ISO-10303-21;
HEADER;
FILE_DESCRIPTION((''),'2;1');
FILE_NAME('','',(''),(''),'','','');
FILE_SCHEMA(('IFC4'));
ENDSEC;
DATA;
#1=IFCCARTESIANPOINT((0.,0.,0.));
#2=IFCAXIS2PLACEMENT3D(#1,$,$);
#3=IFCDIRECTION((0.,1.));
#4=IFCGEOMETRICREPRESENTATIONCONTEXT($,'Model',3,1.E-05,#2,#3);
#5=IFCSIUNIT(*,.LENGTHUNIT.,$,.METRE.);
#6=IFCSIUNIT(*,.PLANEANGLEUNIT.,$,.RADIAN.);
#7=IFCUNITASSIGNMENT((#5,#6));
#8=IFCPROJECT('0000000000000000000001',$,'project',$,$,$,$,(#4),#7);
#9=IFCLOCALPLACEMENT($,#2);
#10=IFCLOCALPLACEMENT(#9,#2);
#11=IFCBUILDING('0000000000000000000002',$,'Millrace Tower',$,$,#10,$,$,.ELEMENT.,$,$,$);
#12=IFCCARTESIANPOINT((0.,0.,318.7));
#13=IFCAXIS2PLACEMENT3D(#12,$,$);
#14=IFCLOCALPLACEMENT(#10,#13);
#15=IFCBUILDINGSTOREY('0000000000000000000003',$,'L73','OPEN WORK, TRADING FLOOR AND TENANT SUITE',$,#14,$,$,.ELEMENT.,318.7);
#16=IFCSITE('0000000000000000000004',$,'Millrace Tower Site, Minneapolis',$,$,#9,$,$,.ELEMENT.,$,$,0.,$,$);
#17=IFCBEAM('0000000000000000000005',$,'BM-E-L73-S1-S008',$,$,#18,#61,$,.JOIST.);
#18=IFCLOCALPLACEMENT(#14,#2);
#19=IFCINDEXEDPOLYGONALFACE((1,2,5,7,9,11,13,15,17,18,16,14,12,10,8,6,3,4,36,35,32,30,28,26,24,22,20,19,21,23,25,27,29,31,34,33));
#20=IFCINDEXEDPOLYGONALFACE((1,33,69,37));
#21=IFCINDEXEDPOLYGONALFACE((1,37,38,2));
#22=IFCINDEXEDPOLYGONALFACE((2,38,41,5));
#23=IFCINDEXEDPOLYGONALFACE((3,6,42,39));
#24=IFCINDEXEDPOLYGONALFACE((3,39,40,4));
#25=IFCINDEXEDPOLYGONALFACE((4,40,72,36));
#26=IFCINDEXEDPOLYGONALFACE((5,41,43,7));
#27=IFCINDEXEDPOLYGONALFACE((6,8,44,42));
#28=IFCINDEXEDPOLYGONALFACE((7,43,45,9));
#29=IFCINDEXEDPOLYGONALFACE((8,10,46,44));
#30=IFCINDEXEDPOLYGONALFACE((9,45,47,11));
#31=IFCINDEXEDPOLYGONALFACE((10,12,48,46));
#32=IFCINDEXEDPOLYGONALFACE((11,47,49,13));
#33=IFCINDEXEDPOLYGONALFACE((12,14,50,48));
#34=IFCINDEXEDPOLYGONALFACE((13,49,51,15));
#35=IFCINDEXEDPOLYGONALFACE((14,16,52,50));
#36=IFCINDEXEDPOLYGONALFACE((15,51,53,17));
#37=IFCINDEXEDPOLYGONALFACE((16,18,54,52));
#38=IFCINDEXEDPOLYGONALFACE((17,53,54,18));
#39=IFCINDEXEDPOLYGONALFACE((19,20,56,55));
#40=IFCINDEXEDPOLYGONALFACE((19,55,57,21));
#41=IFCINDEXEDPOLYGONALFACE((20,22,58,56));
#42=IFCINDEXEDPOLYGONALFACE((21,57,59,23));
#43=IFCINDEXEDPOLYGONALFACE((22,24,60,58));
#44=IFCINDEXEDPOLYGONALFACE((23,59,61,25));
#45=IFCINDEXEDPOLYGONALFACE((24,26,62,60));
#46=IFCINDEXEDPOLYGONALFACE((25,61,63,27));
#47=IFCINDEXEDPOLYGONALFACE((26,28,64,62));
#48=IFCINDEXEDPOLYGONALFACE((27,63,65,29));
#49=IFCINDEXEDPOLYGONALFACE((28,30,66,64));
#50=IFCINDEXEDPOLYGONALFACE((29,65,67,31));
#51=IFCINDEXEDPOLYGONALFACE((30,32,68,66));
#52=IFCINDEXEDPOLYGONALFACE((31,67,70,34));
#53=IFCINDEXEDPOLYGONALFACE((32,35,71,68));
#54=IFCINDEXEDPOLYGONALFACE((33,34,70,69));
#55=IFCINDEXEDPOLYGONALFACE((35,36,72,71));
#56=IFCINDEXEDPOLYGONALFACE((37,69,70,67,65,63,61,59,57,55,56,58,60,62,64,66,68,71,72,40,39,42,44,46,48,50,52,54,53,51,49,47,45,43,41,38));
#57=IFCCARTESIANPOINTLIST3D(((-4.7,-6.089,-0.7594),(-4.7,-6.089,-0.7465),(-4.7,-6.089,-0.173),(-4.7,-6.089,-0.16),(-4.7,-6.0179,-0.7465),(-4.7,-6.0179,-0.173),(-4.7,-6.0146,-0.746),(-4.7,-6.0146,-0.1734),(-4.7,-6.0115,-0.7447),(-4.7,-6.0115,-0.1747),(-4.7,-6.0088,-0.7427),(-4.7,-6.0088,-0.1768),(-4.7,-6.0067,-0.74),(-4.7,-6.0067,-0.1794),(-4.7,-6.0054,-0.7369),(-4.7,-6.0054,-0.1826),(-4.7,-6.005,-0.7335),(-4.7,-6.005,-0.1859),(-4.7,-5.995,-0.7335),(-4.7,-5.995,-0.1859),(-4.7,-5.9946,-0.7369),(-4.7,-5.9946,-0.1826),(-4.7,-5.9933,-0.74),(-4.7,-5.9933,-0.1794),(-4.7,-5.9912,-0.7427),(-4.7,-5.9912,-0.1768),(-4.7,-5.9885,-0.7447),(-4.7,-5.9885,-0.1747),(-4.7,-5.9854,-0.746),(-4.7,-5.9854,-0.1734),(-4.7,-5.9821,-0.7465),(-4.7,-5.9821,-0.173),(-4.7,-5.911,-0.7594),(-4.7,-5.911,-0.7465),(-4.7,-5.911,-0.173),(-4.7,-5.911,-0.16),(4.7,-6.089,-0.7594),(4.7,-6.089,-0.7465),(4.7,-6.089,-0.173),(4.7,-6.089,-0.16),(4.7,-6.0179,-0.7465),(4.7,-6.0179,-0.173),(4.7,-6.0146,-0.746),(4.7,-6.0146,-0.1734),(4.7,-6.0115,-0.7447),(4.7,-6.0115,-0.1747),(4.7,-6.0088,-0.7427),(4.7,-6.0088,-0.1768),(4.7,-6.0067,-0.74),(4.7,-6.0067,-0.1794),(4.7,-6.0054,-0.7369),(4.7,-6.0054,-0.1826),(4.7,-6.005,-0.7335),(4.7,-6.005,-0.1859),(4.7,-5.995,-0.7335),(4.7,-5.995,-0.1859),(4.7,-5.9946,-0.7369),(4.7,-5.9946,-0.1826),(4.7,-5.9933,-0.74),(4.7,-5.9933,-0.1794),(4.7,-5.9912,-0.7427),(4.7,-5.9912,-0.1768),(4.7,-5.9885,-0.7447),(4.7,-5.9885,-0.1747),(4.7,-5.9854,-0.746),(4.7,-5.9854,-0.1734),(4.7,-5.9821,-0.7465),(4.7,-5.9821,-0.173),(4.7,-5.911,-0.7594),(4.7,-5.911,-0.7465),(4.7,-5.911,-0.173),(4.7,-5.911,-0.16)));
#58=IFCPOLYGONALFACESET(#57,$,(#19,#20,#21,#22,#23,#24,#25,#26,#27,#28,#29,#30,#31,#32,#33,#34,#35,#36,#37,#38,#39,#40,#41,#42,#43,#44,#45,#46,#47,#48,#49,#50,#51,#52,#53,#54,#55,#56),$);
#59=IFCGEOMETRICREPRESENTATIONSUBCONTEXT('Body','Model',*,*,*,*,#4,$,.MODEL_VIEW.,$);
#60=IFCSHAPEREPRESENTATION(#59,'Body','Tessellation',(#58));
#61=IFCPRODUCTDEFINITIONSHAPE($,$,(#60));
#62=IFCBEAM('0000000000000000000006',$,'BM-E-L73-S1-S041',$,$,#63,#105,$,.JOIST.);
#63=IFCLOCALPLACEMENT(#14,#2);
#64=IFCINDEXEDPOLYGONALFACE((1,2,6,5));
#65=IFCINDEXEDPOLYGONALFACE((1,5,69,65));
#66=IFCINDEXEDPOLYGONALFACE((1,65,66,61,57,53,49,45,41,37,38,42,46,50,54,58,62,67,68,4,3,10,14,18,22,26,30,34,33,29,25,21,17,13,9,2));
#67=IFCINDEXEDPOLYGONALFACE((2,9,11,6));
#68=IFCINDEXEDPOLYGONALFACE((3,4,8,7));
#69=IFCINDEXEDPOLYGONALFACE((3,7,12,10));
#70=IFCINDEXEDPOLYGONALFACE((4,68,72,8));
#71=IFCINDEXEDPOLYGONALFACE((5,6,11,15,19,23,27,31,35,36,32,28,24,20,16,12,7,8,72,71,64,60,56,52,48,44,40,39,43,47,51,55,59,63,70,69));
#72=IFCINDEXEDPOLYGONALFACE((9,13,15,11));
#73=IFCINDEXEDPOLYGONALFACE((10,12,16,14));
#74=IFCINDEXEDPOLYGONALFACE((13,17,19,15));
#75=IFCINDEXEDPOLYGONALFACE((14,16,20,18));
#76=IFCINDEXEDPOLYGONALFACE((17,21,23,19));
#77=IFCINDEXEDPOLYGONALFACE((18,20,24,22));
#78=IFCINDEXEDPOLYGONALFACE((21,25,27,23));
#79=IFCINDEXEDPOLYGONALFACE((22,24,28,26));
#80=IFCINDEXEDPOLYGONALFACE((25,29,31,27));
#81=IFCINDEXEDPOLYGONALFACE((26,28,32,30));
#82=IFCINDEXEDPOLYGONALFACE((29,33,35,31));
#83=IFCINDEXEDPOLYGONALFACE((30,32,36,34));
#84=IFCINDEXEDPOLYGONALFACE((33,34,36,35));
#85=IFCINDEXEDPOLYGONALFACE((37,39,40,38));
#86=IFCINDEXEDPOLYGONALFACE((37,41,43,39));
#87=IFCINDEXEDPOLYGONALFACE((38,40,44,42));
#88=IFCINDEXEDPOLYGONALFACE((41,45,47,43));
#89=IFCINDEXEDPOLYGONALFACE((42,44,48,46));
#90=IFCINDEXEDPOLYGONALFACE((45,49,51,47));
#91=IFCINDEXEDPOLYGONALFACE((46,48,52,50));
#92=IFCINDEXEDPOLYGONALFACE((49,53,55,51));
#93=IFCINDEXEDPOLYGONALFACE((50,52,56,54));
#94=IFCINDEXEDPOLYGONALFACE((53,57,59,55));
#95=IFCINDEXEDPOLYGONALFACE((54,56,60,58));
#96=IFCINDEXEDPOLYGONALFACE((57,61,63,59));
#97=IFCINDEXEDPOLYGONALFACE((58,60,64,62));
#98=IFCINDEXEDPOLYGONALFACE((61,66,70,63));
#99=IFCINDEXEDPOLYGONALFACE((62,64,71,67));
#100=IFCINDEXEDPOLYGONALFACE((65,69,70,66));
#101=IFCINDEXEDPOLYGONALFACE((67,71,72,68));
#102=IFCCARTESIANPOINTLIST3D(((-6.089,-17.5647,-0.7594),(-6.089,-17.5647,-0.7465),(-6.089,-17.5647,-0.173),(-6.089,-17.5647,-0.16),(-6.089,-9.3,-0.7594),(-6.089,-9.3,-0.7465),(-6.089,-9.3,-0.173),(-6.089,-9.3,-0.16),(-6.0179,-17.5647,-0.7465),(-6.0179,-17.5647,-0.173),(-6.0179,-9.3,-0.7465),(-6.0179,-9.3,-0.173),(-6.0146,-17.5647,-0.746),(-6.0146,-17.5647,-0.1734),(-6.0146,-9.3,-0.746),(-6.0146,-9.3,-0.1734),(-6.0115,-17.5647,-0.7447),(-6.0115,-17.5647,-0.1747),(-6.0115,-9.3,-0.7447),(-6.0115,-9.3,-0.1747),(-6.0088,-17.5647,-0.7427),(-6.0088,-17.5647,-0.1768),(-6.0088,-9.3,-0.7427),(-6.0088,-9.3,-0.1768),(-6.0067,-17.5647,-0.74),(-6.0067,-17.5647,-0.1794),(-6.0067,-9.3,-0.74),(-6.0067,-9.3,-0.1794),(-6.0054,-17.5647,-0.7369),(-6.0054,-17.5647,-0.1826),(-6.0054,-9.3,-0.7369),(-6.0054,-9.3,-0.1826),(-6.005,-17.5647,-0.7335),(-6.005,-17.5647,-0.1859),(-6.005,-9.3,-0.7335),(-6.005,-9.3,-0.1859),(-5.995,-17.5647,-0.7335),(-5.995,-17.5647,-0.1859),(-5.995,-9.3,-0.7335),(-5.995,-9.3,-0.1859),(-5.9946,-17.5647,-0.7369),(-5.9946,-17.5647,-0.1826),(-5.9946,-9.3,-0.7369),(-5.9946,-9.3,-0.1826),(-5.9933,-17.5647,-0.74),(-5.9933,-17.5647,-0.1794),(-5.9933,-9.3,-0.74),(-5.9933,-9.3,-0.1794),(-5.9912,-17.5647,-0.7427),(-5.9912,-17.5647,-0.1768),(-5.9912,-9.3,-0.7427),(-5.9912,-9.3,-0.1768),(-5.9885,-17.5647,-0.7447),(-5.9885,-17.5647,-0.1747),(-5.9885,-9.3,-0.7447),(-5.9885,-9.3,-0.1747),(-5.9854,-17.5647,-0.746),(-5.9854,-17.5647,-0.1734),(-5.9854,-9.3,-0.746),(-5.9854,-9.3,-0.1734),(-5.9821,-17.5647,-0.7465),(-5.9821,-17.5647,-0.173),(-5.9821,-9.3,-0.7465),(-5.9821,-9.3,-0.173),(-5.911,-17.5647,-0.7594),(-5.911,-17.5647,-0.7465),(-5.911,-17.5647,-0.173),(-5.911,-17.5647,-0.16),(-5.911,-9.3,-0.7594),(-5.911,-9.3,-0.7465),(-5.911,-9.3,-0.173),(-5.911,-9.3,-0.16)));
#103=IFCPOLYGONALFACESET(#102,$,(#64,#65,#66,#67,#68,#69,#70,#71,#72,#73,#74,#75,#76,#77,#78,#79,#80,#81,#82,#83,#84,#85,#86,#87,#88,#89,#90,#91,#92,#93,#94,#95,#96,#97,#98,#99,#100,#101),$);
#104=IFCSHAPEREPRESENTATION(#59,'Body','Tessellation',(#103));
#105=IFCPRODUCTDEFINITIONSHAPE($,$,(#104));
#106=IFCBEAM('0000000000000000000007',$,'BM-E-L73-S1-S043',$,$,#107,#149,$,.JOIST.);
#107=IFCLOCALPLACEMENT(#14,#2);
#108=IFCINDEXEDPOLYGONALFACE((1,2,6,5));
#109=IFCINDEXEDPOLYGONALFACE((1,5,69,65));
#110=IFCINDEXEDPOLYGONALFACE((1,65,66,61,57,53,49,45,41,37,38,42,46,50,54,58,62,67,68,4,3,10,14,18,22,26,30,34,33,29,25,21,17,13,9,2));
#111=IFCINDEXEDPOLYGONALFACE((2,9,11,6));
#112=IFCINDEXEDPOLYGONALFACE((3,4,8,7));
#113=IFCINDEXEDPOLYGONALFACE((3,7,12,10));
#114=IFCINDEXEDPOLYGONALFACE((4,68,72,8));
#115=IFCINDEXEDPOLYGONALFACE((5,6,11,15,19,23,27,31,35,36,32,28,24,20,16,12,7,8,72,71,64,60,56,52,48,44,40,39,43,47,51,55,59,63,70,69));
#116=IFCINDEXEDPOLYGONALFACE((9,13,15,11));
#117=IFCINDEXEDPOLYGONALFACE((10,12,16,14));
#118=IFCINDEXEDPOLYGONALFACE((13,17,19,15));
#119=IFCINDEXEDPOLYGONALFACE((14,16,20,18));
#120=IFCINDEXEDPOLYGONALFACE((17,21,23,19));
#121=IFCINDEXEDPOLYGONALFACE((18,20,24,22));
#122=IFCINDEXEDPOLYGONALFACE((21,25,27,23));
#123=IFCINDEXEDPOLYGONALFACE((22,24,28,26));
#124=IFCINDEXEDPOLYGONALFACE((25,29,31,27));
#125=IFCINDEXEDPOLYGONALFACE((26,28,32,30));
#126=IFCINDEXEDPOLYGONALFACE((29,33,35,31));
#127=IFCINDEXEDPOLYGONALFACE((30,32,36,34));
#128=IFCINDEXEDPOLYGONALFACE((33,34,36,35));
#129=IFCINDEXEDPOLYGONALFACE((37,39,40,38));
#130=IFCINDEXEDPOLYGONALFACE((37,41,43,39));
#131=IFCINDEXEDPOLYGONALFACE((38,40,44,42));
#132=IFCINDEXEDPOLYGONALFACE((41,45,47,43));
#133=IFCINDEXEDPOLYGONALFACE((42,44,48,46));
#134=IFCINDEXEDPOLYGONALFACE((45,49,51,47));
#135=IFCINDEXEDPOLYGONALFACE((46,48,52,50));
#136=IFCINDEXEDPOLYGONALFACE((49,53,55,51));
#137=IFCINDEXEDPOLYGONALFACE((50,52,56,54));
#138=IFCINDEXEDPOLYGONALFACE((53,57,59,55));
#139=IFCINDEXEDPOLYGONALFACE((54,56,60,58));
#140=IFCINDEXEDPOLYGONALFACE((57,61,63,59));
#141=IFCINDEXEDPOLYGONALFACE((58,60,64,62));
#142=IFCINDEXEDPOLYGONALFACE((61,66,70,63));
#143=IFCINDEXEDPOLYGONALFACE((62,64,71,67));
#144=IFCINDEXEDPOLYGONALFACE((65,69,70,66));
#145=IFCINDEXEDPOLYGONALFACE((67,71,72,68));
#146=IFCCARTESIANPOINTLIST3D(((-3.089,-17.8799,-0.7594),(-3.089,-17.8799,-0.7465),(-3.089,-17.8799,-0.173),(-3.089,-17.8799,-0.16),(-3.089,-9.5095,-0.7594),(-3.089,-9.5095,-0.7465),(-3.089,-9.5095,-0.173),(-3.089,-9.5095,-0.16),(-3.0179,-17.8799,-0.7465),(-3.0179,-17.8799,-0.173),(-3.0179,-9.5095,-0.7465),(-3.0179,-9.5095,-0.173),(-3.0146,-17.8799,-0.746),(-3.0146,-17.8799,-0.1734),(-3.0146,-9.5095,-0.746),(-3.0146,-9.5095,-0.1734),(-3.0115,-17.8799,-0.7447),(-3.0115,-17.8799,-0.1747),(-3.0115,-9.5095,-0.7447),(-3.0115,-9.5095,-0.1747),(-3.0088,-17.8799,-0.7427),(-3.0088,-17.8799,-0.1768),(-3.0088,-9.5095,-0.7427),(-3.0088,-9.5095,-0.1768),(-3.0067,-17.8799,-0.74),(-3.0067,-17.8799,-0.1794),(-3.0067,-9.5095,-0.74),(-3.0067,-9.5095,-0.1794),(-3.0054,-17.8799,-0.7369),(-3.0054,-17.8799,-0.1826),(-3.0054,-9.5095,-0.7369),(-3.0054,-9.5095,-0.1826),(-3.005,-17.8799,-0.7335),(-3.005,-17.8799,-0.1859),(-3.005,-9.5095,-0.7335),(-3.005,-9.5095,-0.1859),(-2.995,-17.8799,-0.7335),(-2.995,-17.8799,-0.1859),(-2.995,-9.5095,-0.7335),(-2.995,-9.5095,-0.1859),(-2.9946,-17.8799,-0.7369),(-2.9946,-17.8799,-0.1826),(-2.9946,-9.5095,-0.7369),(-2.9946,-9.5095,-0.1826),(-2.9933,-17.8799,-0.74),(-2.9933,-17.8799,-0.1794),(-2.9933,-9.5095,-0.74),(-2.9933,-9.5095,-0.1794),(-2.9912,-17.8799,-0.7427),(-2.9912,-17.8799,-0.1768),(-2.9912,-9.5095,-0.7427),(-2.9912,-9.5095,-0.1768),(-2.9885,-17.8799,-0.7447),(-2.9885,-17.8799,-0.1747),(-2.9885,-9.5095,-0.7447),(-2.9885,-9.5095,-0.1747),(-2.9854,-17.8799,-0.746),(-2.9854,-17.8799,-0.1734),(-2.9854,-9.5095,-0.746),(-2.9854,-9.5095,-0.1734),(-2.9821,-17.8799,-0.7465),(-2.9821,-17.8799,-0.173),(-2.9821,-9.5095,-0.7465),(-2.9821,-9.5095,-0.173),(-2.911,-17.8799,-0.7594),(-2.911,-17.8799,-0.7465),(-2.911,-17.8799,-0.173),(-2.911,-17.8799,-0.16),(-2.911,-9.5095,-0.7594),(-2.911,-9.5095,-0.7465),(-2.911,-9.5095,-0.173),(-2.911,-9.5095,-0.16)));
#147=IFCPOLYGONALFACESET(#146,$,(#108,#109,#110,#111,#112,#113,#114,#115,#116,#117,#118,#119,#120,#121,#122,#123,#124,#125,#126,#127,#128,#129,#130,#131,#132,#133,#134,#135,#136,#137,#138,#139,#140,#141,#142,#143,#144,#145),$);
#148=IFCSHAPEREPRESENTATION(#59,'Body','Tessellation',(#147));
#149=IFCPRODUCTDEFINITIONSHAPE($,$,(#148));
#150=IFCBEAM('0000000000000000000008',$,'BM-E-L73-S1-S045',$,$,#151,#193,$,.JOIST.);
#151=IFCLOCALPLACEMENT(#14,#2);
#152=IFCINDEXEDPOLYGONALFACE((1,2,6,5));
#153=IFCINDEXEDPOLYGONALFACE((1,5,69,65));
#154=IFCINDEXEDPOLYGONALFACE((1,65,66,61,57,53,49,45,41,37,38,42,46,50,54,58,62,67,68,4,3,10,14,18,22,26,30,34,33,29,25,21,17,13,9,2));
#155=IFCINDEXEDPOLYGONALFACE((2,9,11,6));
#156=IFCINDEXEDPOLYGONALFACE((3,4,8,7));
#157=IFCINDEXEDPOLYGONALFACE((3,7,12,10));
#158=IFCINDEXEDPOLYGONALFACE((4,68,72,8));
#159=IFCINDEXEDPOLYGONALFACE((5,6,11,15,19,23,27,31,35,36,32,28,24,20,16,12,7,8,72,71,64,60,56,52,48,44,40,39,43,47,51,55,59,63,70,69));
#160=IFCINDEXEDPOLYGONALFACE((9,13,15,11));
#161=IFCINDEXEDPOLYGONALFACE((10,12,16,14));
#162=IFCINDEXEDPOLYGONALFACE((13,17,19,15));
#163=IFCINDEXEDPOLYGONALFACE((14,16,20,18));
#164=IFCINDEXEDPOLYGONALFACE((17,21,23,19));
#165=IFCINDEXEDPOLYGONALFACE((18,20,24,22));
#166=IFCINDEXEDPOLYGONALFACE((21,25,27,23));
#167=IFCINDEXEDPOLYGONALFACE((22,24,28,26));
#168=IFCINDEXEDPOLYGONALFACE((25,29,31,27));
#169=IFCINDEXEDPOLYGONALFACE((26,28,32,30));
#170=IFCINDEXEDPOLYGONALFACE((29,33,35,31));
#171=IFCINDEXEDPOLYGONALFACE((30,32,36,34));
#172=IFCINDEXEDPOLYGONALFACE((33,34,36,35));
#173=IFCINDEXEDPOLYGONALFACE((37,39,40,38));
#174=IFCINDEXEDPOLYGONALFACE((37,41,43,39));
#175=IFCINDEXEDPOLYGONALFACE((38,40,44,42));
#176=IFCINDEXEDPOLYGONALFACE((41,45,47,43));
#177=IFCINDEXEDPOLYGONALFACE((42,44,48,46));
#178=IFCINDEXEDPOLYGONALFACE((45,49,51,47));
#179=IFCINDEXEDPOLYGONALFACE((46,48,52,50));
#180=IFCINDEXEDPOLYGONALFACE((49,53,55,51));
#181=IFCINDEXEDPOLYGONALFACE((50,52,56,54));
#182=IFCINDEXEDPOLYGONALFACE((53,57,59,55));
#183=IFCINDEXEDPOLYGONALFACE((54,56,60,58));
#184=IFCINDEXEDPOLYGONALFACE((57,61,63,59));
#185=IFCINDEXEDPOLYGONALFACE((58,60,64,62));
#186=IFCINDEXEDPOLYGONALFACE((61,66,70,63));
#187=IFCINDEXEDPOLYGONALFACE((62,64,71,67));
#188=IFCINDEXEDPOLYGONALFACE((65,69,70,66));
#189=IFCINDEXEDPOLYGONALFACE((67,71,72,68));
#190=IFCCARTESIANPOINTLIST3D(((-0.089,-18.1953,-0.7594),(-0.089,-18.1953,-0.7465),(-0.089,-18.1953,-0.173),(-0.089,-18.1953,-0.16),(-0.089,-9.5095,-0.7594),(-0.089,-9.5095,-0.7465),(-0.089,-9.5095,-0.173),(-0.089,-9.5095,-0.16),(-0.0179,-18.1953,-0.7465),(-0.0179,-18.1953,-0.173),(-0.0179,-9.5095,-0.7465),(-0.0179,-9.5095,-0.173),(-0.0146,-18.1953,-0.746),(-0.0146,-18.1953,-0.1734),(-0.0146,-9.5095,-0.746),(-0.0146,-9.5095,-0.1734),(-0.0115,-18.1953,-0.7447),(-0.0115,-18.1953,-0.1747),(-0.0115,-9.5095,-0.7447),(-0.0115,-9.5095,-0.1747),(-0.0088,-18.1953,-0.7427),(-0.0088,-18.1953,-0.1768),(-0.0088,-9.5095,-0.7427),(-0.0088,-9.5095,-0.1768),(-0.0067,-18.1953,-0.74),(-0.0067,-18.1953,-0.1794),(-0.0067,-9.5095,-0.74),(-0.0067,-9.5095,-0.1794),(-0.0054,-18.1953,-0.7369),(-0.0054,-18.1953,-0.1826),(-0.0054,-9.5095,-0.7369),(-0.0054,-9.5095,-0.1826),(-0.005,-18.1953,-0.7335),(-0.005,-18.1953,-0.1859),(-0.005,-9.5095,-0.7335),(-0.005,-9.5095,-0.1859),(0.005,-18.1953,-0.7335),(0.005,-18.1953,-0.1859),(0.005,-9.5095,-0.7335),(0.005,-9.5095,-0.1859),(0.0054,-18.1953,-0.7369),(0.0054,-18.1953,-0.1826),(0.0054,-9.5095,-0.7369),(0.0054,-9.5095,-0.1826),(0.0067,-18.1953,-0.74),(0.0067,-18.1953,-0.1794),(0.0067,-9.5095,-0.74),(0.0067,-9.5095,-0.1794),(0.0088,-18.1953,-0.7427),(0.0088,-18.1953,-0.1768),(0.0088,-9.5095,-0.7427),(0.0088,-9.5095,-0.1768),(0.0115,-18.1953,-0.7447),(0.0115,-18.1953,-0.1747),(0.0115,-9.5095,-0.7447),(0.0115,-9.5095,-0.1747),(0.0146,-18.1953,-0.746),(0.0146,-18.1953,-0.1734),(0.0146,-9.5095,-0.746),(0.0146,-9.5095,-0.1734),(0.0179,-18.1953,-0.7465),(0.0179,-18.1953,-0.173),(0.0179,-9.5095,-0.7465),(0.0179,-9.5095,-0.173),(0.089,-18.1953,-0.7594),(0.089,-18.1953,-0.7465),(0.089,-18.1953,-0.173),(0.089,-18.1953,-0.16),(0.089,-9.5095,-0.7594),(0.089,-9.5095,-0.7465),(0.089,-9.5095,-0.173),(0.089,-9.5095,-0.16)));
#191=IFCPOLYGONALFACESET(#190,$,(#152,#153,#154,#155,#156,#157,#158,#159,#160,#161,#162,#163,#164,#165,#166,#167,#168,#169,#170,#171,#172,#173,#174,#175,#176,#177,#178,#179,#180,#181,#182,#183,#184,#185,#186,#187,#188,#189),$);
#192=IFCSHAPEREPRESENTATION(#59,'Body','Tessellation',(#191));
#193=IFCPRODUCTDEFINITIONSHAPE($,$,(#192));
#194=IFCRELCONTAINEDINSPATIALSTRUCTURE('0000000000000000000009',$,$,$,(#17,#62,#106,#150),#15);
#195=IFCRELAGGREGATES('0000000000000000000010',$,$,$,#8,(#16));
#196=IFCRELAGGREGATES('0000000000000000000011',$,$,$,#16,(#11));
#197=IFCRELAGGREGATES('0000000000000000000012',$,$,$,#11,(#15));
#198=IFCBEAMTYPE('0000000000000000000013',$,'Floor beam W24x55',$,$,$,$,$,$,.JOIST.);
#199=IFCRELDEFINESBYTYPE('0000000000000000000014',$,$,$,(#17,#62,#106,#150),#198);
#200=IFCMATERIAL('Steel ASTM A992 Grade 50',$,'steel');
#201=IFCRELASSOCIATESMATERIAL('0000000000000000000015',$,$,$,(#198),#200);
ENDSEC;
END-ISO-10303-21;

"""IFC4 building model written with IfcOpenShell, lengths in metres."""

from ifc_helpers import new_model, si_unit, direction, frame, origin, origin_2d, place, context, subcontext, project, spatial, i_section, extrude, material, material_profile, profile_set, type_object, element, save


model = new_model("IFC4")

# Units and contexts
model_context = context("Model", 3, precision=1e-05, world=origin(), true_north=direction((0.0, 1.0)))
body_context = subcontext(model_context, "Body", "Model", "MODEL_VIEW")
ifc_project = project(units=[si_unit("LENGTHUNIT", "METRE"), si_unit("PLANEANGLEUNIT", "RADIAN")], contexts=[model_context])

# Site, building, storey
site_placement = place(None, origin())
site = spatial("IfcSite", under=ifc_project, at=site_placement, Name="Millrace Tower Site, Minneapolis", CompositionType="ELEMENT", RefElevation=0.0)
building_placement = place(site_placement, origin())
building = spatial("IfcBuilding", under=site, at=building_placement, Name="Millrace Tower", CompositionType="ELEMENT")
storey_placement = place(building_placement, frame((0.0, 0.0, 318.7)))
storey = spatial("IfcBuildingStorey", under=building, at=storey_placement, Name="L73", Description="OPEN WORK, TRADING FLOOR AND TENANT SUITE", CompositionType="ELEMENT", Elevation=318.7)

# Beams
ifc_material_1 = material(Name="Steel ASTM A992 Grade 50", Category="steel")
ifc_material_profile_1 = material_profile(ifc_material_1, i_section(OverallWidth=0.178, OverallDepth=0.5994, WebThickness=0.01, FlangeThickness=0.0129, FilletRadius=0.0129, at=origin_2d()))
ifc_profile_set_1 = profile_set([ifc_material_profile_1], Name="Steel ASTM A992 Grade 50")
beam_type_1 = type_object("IfcBeamType", Name="Floor beam W24x55", PredefinedType="JOIST", material=ifc_profile_set_1)
beam_1_placement = place(storey_placement, frame((-4.7, -6.0, -0.4597), z_axis=(1.0, 0.0, 0.0), x_axis=(0.0, 1.0, 0.0)))
element("IfcBeam", 1, at=beam_1_placement, inside=storey, type_object=beam_type_1, Name="BM-E-L73-S1-S008", PredefinedType="JOIST", context=body_context, shape_type="SweptSolid", body=[
    extrude(i_section(OverallWidth=0.178, OverallDepth=0.5994, WebThickness=0.01, FlangeThickness=0.0129, FilletRadius=0.0129, at=origin_2d()), origin(), (0.0, 0.0, 1.0), 9.3999),
])
beam_2_placement = place(storey_placement, frame((-6.0, -17.5647, -0.4597), z_axis=(0.0, 1.0, 0.0), x_axis=(-1.0, 0.0, 0.0)))
element("IfcBeam", 2, at=beam_2_placement, inside=storey, type_object=beam_type_1, Name="BM-E-L73-S1-S041", PredefinedType="JOIST", context=body_context, shape_type="SweptSolid", body=[
    extrude(i_section(OverallWidth=0.178, OverallDepth=0.5994, WebThickness=0.01, FlangeThickness=0.0129, FilletRadius=0.0129, at=origin_2d()), origin(), (0.0, 0.0, 1.0), 8.2646),
])
beam_3_placement = place(storey_placement, frame((-3.0, -17.8799, -0.4597), z_axis=(0.0, 1.0, 0.0), x_axis=(-1.0, 0.0, 0.0)))
element("IfcBeam", 3, at=beam_3_placement, inside=storey, type_object=beam_type_1, Name="BM-E-L73-S1-S043", PredefinedType="JOIST", context=body_context, shape_type="SweptSolid", body=[
    extrude(i_section(OverallWidth=0.178, OverallDepth=0.5994, WebThickness=0.01, FlangeThickness=0.0129, FilletRadius=0.0129, at=origin_2d()), origin(), (0.0, 0.0, 1.0), 8.3704),
])
beam_4_placement = place(storey_placement, frame((0.0, -18.1953, -0.4597), z_axis=(0.0, 1.0, 0.0), x_axis=(-1.0, 0.0, 0.0)))
element("IfcBeam", 4, at=beam_4_placement, inside=storey, type_object=beam_type_1, Name="BM-E-L73-S1-S045", PredefinedType="JOIST", context=body_context, shape_type="SweptSolid", body=[
    extrude(i_section(OverallWidth=0.178, OverallDepth=0.5994, WebThickness=0.01, FlangeThickness=0.0129, FilletRadius=0.0129, at=origin_2d()), origin(), (0.0, 0.0, 1.0), 8.6858),
])

save(model, "model.ifc")
